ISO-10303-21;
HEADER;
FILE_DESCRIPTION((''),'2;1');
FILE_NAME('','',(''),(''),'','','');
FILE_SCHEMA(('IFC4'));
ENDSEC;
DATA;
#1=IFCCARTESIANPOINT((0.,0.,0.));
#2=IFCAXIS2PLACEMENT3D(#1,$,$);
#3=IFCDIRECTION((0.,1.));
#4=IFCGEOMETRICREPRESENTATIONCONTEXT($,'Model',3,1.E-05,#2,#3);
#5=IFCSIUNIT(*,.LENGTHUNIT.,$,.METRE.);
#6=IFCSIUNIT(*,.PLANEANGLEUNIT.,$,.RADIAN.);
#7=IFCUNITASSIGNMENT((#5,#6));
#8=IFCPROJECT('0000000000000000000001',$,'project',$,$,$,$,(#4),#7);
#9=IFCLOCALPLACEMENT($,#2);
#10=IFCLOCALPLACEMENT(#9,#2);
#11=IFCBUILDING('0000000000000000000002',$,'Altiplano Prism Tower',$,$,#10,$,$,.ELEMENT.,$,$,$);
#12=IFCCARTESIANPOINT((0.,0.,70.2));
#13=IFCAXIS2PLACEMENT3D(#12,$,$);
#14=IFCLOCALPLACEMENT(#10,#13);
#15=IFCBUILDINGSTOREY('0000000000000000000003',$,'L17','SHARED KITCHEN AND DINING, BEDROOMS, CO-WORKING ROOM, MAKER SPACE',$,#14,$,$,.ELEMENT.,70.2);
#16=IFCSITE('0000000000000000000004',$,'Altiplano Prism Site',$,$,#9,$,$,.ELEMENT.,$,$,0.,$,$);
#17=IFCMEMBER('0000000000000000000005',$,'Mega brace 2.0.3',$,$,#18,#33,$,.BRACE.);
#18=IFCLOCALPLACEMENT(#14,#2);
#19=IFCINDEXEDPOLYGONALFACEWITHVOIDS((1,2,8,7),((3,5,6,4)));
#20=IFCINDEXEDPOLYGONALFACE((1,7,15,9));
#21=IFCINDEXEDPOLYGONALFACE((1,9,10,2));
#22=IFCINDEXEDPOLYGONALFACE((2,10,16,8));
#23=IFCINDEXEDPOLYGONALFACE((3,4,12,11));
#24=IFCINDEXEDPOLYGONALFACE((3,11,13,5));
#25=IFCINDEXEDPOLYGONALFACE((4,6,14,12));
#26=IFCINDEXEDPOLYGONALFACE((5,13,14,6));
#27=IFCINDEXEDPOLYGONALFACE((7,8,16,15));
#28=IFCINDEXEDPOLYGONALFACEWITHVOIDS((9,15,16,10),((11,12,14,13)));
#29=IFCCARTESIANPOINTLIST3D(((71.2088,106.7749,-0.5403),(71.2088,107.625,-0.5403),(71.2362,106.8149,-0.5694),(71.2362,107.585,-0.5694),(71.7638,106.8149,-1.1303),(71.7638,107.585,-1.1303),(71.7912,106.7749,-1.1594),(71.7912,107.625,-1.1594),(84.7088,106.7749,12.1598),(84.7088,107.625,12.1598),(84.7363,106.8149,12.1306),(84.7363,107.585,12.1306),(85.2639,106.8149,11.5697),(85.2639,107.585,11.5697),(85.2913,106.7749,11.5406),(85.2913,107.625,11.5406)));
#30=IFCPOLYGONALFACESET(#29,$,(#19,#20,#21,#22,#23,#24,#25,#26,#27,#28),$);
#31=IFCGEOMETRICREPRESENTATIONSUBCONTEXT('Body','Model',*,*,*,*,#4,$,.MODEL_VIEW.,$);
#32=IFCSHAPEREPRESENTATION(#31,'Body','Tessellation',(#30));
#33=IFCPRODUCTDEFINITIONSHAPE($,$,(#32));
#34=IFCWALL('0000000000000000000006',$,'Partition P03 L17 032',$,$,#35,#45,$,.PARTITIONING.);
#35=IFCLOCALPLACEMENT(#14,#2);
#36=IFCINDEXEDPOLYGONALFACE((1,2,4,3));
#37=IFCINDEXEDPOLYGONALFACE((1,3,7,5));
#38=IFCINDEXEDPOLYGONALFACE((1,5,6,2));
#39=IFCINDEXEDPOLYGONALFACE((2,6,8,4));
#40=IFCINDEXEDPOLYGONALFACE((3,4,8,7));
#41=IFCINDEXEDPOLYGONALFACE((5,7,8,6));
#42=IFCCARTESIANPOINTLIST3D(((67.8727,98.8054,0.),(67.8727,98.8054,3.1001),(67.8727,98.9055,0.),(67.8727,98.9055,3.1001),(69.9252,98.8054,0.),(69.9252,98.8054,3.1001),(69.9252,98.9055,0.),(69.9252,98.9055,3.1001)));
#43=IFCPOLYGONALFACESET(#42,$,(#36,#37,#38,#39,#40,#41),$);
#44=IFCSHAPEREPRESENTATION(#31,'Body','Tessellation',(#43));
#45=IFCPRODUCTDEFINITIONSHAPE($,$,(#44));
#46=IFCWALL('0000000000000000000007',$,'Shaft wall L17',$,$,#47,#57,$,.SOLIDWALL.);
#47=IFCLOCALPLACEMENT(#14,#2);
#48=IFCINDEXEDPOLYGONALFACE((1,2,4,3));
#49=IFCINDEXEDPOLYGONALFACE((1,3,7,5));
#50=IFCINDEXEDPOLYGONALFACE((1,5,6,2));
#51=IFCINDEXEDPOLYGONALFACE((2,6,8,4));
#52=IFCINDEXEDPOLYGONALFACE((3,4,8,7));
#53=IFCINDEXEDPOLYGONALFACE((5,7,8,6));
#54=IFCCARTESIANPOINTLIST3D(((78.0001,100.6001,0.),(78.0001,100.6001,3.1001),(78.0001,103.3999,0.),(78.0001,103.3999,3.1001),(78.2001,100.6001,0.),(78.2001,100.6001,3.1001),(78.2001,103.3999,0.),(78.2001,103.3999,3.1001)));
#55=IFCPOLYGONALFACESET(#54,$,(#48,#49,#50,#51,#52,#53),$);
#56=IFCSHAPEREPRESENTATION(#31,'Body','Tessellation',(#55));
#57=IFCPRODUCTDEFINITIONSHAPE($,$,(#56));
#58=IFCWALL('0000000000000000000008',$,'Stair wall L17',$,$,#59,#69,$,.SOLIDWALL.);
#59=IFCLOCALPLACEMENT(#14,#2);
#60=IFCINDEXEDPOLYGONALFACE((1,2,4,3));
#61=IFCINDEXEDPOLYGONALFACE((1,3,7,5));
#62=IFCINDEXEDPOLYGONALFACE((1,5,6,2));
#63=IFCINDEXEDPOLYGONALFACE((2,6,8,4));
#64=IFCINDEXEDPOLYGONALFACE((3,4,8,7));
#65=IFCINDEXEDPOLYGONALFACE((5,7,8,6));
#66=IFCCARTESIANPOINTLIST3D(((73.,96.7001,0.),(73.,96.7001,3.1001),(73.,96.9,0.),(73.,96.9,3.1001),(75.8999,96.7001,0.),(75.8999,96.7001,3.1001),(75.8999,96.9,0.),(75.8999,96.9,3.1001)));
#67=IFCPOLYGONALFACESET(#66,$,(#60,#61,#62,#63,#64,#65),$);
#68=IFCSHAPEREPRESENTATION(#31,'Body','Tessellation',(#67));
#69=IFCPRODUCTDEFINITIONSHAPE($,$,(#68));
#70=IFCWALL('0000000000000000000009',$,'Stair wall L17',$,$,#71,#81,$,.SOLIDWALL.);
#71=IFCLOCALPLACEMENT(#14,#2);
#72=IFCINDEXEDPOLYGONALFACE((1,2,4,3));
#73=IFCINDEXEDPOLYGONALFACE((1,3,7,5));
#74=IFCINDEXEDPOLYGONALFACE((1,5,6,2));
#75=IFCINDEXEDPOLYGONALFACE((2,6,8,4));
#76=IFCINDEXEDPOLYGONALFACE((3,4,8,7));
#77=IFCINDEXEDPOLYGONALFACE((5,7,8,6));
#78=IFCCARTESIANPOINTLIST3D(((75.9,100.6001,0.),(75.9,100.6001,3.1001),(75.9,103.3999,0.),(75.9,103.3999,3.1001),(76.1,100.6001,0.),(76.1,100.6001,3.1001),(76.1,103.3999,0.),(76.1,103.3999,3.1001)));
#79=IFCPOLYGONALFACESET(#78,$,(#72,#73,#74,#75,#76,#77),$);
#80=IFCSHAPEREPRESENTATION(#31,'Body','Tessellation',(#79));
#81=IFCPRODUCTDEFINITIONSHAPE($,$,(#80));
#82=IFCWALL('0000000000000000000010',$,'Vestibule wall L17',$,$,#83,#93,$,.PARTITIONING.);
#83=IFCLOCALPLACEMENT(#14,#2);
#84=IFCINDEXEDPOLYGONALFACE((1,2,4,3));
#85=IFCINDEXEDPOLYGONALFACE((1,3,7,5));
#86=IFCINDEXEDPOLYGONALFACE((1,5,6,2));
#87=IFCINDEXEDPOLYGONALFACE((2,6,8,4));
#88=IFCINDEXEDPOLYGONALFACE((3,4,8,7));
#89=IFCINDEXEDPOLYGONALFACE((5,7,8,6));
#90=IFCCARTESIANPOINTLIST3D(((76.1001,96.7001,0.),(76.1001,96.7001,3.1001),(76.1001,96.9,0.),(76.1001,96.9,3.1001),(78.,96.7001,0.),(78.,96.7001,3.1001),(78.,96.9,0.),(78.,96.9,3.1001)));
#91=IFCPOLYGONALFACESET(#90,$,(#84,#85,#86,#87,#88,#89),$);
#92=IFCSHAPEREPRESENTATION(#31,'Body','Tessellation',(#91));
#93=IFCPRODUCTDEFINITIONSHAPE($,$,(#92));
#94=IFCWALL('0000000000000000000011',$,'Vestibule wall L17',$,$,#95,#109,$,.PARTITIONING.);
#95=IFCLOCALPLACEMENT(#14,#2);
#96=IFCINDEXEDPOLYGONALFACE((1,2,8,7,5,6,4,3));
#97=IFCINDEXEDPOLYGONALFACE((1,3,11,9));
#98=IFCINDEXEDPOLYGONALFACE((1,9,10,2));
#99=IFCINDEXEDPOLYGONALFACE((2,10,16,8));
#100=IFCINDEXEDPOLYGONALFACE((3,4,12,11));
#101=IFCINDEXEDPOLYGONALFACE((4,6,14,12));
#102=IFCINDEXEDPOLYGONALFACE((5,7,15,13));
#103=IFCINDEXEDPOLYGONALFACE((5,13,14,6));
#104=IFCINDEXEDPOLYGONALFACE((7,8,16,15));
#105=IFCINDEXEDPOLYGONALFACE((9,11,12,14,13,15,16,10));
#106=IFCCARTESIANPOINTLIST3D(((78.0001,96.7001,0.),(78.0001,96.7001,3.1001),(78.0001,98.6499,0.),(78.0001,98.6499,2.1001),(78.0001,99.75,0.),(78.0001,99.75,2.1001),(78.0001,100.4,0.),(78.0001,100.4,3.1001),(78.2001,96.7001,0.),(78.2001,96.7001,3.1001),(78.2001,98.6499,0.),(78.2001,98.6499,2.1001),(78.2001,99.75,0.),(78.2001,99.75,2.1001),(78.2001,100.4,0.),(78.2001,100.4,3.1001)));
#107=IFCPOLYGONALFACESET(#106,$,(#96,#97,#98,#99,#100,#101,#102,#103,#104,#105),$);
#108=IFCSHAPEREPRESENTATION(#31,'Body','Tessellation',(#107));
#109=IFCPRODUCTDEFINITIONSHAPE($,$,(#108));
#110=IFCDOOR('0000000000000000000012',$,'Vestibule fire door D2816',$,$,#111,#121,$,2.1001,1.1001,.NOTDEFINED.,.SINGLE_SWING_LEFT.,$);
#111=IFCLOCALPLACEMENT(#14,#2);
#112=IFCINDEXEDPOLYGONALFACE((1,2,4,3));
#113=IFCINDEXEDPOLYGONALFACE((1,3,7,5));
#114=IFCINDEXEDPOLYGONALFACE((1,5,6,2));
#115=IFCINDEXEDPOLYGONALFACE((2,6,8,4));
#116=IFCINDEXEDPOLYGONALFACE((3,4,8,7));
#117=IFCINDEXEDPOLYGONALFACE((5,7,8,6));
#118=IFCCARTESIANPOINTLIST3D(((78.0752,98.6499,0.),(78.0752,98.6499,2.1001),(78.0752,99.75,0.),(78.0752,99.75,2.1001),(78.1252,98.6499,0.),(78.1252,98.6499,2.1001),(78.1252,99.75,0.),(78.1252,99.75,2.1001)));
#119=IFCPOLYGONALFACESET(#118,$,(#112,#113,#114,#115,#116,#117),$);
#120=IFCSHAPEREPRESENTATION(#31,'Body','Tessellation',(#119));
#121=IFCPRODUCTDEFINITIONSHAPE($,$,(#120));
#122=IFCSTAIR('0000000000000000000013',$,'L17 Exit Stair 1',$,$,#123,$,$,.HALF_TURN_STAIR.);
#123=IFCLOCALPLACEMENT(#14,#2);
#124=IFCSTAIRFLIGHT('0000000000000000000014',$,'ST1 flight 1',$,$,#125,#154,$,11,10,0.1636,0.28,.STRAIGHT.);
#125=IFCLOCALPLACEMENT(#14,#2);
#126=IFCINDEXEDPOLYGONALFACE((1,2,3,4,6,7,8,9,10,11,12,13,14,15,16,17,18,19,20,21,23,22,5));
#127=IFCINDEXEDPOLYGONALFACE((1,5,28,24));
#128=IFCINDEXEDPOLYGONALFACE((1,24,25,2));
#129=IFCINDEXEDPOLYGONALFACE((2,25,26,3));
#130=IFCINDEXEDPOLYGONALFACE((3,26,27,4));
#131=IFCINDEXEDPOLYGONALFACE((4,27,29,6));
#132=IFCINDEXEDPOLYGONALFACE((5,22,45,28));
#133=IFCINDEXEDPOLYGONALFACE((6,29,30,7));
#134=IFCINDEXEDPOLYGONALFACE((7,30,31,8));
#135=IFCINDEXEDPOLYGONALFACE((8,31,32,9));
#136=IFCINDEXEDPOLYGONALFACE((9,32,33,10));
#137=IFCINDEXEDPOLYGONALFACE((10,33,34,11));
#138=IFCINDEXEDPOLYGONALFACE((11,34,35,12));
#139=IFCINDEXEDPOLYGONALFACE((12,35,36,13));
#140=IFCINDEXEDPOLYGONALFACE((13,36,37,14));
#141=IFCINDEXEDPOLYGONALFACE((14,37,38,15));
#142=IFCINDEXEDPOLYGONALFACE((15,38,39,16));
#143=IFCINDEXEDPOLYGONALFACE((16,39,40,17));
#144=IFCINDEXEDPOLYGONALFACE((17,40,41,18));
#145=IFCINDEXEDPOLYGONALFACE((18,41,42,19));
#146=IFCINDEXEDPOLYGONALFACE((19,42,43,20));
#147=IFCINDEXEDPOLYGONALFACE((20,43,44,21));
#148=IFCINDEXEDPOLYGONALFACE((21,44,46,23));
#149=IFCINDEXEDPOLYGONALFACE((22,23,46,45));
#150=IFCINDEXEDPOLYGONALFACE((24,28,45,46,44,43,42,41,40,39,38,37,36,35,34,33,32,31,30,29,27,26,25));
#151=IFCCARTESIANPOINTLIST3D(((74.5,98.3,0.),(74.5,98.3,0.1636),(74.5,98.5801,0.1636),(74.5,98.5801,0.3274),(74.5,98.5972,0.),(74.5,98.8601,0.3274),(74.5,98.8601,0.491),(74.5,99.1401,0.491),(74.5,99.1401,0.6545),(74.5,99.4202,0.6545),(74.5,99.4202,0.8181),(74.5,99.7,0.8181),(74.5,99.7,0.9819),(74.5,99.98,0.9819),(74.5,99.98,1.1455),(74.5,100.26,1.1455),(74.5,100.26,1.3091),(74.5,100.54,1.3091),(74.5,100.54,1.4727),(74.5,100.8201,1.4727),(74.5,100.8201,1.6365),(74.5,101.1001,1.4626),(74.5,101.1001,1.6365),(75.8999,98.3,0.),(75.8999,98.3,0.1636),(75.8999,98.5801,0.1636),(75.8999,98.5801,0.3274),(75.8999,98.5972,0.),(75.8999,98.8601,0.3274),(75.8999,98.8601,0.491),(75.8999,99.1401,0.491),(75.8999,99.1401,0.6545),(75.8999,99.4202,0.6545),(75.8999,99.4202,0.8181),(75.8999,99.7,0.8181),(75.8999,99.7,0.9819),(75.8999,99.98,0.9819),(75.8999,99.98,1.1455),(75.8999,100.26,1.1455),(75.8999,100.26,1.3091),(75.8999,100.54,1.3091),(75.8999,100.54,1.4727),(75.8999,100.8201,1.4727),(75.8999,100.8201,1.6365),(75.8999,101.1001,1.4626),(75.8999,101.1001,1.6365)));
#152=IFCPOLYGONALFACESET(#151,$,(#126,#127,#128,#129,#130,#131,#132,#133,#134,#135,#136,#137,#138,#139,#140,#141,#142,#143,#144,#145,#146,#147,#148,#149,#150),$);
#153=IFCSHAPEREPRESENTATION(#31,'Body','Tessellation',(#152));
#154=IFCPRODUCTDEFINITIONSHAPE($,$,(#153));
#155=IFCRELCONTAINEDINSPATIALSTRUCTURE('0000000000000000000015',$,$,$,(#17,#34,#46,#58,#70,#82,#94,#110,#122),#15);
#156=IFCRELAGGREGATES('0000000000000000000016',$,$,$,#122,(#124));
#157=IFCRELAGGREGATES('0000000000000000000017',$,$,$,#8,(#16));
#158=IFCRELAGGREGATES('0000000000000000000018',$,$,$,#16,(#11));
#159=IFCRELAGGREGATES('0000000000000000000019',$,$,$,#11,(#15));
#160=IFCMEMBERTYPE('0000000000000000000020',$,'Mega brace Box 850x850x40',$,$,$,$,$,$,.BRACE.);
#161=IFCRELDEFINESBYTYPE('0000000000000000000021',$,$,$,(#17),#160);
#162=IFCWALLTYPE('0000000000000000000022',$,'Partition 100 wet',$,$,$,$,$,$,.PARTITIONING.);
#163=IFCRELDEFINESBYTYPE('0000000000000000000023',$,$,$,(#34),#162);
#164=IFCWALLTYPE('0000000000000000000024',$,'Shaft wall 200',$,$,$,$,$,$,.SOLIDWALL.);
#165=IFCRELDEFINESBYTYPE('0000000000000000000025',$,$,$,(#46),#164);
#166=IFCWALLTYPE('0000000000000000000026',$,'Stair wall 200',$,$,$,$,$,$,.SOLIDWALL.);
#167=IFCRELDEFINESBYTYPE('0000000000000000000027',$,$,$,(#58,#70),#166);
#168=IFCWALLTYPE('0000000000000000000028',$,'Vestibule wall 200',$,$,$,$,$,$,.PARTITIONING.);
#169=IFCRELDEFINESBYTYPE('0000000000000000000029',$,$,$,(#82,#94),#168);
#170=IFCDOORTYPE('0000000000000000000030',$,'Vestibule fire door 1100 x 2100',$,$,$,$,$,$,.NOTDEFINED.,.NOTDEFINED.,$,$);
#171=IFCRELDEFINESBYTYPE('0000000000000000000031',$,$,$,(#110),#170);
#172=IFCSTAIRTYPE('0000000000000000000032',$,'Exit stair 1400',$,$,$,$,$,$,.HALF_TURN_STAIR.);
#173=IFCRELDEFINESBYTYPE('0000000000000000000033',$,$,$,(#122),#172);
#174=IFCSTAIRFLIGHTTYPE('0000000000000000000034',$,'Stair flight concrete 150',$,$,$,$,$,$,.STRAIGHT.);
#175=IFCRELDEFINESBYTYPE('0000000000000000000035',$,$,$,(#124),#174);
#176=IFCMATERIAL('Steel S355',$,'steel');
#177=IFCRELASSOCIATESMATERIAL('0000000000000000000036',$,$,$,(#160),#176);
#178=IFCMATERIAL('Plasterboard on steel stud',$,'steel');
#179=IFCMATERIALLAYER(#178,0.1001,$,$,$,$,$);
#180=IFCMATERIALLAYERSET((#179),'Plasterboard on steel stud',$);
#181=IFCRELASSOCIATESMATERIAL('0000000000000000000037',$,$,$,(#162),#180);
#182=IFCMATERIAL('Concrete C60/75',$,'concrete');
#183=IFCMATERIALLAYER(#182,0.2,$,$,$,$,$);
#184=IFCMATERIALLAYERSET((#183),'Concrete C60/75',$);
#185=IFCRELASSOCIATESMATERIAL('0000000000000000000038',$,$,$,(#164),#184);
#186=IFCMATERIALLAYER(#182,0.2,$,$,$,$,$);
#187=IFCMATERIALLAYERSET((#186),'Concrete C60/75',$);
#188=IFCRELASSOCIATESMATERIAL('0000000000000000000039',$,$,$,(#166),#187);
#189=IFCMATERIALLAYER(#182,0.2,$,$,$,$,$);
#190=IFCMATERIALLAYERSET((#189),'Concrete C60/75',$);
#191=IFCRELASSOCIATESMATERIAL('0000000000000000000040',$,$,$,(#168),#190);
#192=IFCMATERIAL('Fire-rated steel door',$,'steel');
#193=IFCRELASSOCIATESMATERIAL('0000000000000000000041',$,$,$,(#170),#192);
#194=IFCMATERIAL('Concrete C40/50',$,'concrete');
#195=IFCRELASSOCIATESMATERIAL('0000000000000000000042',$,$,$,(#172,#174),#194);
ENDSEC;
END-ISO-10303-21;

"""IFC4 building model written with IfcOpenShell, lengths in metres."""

from ifc_helpers import new_model, si_unit, direction, frame, frame_2d, origin, origin_2d, place, context, subcontext, project, spatial, polyline, rectangle, hollow_rectangle, outline, extrude, material, layer, layer_set, material_profile, profile_set, type_object, element, fill, aggregate, save


model = new_model("IFC4")

# Units and contexts
model_context = context("Model", 3, precision=1e-05, world=origin(), true_north=direction((0.0, 1.0)))
body_context = subcontext(model_context, "Body", "Model", "MODEL_VIEW")
ifc_project = project(units=[si_unit("LENGTHUNIT", "METRE"), si_unit("PLANEANGLEUNIT", "RADIAN")], contexts=[model_context])

# Site, building, storey
site_placement = place(None, origin())
site = spatial("IfcSite", under=ifc_project, at=site_placement, Name="Altiplano Prism Site", CompositionType="ELEMENT", RefElevation=0.0)
building_placement = place(site_placement, origin())
building = spatial("IfcBuilding", under=site, at=building_placement, Name="Altiplano Prism Tower", CompositionType="ELEMENT")
storey_placement = place(building_placement, frame((0.0, 0.0, 70.2)))
storey = spatial("IfcBuildingStorey", under=building, at=storey_placement, Name="L17", Description="SHARED KITCHEN AND DINING, BEDROOMS, CO-WORKING ROOM, MAKER SPACE", CompositionType="ELEMENT", Elevation=70.2)

# Member
ifc_material_1 = material(Name="Steel S355", Category="steel")
ifc_material_profile = material_profile(ifc_material_1, hollow_rectangle(XDim=0.8501, YDim=0.8501, WallThickness=0.04, at=origin_2d()), Name="Mega brace Box 850x850x40")
ifc_profile_set = profile_set([ifc_material_profile], Name="Steel S355")
member_type = type_object("IfcMemberType", Name="Mega brace Box 850x850x40", PredefinedType="BRACE", material=ifc_profile_set)
member_placement = place(storey_placement, frame((71.5, 107.2, -0.8499), z_axis=(0.72836, 0.0, 0.685195), x_axis=(0.0, 1.0, 0.0)))
element("IfcMember", 1, at=member_placement, inside=storey, type_object=member_type, Name="Mega brace 2.0.3", PredefinedType="BRACE", context=body_context, shape_type="SweptSolid", body=[
    extrude(hollow_rectangle(XDim=0.8501, YDim=0.8501, WallThickness=0.04, at=origin_2d()), origin(), (0.0, 0.0, 1.0), 18.5349),
])

# Walls
ifc_material_2 = material(Name="Plasterboard on steel stud", Category="steel")
ifc_layer_1 = layer(ifc_material_2, 0.1001)
ifc_layer_set_1 = layer_set([ifc_layer_1], Name="Plasterboard on steel stud")
wall_type_1 = type_object("IfcWallType", Name="Partition 100 wet", PredefinedType="PARTITIONING", material=ifc_layer_set_1)
wall_1_placement = place(storey_placement, frame((67.8726, 98.8555, 0.0), z_axis=(0.0, 0.0, 1.0), x_axis=(1.0, 0.0, 0.0)))
element("IfcWall", 2, at=wall_1_placement, inside=storey, type_object=wall_type_1, Name="Partition P03 L17 032", PredefinedType="PARTITIONING", context=body_context, shape_type="SweptSolid", body=[
    extrude(rectangle(XDim=2.0525, YDim=0.1001, at=frame_2d((1.0264, 0.0))), origin(), (0.0, 0.0, 1.0), 3.1001),
])
ifc_material_3 = material(Name="Concrete C60/75", Category="concrete")
ifc_layer_2 = layer(ifc_material_3, 0.2)
ifc_layer_set_2 = layer_set([ifc_layer_2], Name="Concrete C60/75")
wall_type_2 = type_object("IfcWallType", Name="Shaft wall 200", PredefinedType="SOLIDWALL", material=ifc_layer_set_2)
wall_2_placement = place(storey_placement, frame((78.1001, 100.6001, 0.0), z_axis=(0.0, 0.0, 1.0), x_axis=(0.0, 1.0, 0.0)))
element("IfcWall", 3, at=wall_2_placement, inside=storey, type_object=wall_type_2, Name="Shaft wall L17", PredefinedType="SOLIDWALL", context=body_context, shape_type="SweptSolid", body=[
    extrude(rectangle(XDim=2.7998, YDim=0.2, at=frame_2d((1.3999, 0.0))), origin(), (0.0, 0.0, 1.0), 3.1001),
])
ifc_layer_3 = layer(ifc_material_3, 0.2)
ifc_layer_set_3 = layer_set([ifc_layer_3], Name="Concrete C60/75")
wall_type_3 = type_object("IfcWallType", Name="Stair wall 200", PredefinedType="SOLIDWALL", material=ifc_layer_set_3)
wall_3_placement = place(storey_placement, frame((73.0, 96.8, 0.0), z_axis=(0.0, 0.0, 1.0), x_axis=(1.0, 0.0, 0.0)))
element("IfcWall", 4, at=wall_3_placement, inside=storey, type_object=wall_type_3, Name="Stair wall L17", PredefinedType="SOLIDWALL", context=body_context, shape_type="SweptSolid", body=[
    extrude(rectangle(XDim=2.8999, YDim=0.2, at=frame_2d((1.45, 0.0))), origin(), (0.0, 0.0, 1.0), 3.1001),
])

# Shared definitions
ifc_material_4 = material(Name="Fire-rated steel door", Category="steel")

# Walls
wall_4_placement = place(storey_placement, frame((76.0, 100.6001, 0.0), z_axis=(0.0, 0.0, 1.0), x_axis=(0.0, 1.0, 0.0)))
element("IfcWall", 5, at=wall_4_placement, inside=storey, type_object=wall_type_3, Name="Stair wall L17", PredefinedType="SOLIDWALL", context=body_context, shape_type="SweptSolid", body=[
    extrude(rectangle(XDim=2.7998, YDim=0.2, at=frame_2d((1.3999, 0.0))), origin(), (0.0, 0.0, 1.0), 3.1001),
])
ifc_layer_4 = layer(ifc_material_3, 0.2)
ifc_layer_set_4 = layer_set([ifc_layer_4], Name="Concrete C60/75")
wall_type_4 = type_object("IfcWallType", Name="Vestibule wall 200", PredefinedType="PARTITIONING", material=ifc_layer_set_4)
wall_5_placement = place(storey_placement, frame((76.1001, 96.8, 0.0), z_axis=(0.0, 0.0, 1.0), x_axis=(1.0, 0.0, 0.0)))
element("IfcWall", 6, at=wall_5_placement, inside=storey, type_object=wall_type_4, Name="Vestibule wall L17", PredefinedType="PARTITIONING", context=body_context, shape_type="SweptSolid", body=[
    extrude(rectangle(XDim=1.8999, YDim=0.2, at=frame_2d((0.95, 0.0))), origin(), (0.0, 0.0, 1.0), 3.1001),
])

# Wall, opening, door
wall_6_placement = place(storey_placement, frame((78.1001, 96.7, 0.0), z_axis=(0.0, 0.0, 1.0), x_axis=(0.0, 1.0, 0.0)))
wall_6 = element("IfcWall", 7, at=wall_6_placement, inside=storey, type_object=wall_type_4, Name="Vestibule wall L17", PredefinedType="PARTITIONING", context=body_context, shape_type="SweptSolid", body=[
    extrude(rectangle(XDim=3.7, YDim=0.2, at=frame_2d((1.8501, 0.0))), origin(), (0.0, 0.0, 1.0), 3.1001),
])
opening_1_placement = place(wall_6_placement, frame((1.95, 0.0, 0.0)))
opening_1 = element("IfcOpeningElement", 8, at=opening_1_placement, cuts=wall_6, PredefinedType="OPENING", context=body_context, shape_type="SweptSolid", body=[
    extrude(rectangle(XDim=1.1001, YDim=2.1001, at=frame_2d((0.55, 1.05))), frame((0.0, 0.1104, 0.0), z_axis=(0.0, -1.0, 0.0), x_axis=(1.0, 0.0, 0.0)), (0.0, 0.0, 1.0), 0.2209),
])
door_type_1 = type_object("IfcDoorType", Name="Vestibule fire door 1100 x 2100", OperationType="NOTDEFINED", PredefinedType="NOTDEFINED", material=ifc_material_4)
door_1_placement = place(opening_1_placement, origin())
door_1 = element("IfcDoor", 9, at=door_1_placement, inside=storey, type_object=door_type_1, Name="Vestibule fire door D2816", OperationType="SINGLE_SWING_LEFT", OverallHeight=2.1001, OverallWidth=1.1001, PredefinedType="NOTDEFINED", context=body_context, shape_type="SweptSolid", body=[
    extrude(rectangle(XDim=1.1001, YDim=2.1001, at=frame_2d((0.55, 1.05))), frame((0.0, 0.0249, 0.0), z_axis=(0.0, -1.0, 0.0), x_axis=(1.0, 0.0, 0.0)), (0.0, 0.0, 1.0), 0.05),
])
fill(opening_1, door_1)

# Stair, stair flight
ifc_material_5 = material(Name="Concrete C40/50", Category="concrete")
stair_type = type_object("IfcStairType", Name="Exit stair 1400", PredefinedType="HALF_TURN_STAIR", material=ifc_material_5)
stair_placement = place(storey_placement, origin())
stair = element("IfcStair", 10, at=stair_placement, inside=storey, type_object=stair_type, Name="L17 Exit Stair 1", PredefinedType="HALF_TURN_STAIR")
stair_flight_type = type_object("IfcStairFlightType", Name="Stair flight concrete 150", PredefinedType="STRAIGHT", material=ifc_material_5)
stair_flight_placement = place(storey_placement, frame((75.2, 98.3, 0.0), z_axis=(0.0, 0.0, 1.0), x_axis=(0.0, 1.0, 0.0)))
stair_flight = element("IfcStairFlight", 11, at=stair_flight_placement, type_object=stair_flight_type, Name="ST1 flight 1", NumberOfRisers=11, NumberOfTreads=10, PredefinedType="STRAIGHT", RiserHeight=0.1636, TreadLength=0.28, context=body_context, shape_type="SweptSolid", body=[
    extrude(outline(polyline([(0.0, 0.0), (0.0, 0.1636), (0.28, 0.1636), (0.28, 0.3274), (0.5601, 0.3274), (0.5601, 0.491), (0.8401, 0.491), (0.8401, 0.6545), (1.1201, 0.6545), (1.1201, 0.8181), (1.3999, 0.8181), (1.3999, 0.9819), (1.6799, 0.9819), (1.6799, 1.1455), (1.96, 1.1455), (1.96, 1.3091), (2.24, 1.3091), (2.24, 1.4727), (2.52, 1.4727), (2.52, 1.6365), (2.8, 1.6365), (2.8, 1.8), (2.8, 1.4626), (0.2971, 0.0), (0.0, 0.0)])), frame((0.0, 0.7, 0.0), z_axis=(0.0, -1.0, 0.0), x_axis=(1.0, 0.0, 0.0)), (0.0, 0.0, 1.0), 1.3999),
])
aggregate(stair, [stair_flight])

save(model, "model.ifc")
